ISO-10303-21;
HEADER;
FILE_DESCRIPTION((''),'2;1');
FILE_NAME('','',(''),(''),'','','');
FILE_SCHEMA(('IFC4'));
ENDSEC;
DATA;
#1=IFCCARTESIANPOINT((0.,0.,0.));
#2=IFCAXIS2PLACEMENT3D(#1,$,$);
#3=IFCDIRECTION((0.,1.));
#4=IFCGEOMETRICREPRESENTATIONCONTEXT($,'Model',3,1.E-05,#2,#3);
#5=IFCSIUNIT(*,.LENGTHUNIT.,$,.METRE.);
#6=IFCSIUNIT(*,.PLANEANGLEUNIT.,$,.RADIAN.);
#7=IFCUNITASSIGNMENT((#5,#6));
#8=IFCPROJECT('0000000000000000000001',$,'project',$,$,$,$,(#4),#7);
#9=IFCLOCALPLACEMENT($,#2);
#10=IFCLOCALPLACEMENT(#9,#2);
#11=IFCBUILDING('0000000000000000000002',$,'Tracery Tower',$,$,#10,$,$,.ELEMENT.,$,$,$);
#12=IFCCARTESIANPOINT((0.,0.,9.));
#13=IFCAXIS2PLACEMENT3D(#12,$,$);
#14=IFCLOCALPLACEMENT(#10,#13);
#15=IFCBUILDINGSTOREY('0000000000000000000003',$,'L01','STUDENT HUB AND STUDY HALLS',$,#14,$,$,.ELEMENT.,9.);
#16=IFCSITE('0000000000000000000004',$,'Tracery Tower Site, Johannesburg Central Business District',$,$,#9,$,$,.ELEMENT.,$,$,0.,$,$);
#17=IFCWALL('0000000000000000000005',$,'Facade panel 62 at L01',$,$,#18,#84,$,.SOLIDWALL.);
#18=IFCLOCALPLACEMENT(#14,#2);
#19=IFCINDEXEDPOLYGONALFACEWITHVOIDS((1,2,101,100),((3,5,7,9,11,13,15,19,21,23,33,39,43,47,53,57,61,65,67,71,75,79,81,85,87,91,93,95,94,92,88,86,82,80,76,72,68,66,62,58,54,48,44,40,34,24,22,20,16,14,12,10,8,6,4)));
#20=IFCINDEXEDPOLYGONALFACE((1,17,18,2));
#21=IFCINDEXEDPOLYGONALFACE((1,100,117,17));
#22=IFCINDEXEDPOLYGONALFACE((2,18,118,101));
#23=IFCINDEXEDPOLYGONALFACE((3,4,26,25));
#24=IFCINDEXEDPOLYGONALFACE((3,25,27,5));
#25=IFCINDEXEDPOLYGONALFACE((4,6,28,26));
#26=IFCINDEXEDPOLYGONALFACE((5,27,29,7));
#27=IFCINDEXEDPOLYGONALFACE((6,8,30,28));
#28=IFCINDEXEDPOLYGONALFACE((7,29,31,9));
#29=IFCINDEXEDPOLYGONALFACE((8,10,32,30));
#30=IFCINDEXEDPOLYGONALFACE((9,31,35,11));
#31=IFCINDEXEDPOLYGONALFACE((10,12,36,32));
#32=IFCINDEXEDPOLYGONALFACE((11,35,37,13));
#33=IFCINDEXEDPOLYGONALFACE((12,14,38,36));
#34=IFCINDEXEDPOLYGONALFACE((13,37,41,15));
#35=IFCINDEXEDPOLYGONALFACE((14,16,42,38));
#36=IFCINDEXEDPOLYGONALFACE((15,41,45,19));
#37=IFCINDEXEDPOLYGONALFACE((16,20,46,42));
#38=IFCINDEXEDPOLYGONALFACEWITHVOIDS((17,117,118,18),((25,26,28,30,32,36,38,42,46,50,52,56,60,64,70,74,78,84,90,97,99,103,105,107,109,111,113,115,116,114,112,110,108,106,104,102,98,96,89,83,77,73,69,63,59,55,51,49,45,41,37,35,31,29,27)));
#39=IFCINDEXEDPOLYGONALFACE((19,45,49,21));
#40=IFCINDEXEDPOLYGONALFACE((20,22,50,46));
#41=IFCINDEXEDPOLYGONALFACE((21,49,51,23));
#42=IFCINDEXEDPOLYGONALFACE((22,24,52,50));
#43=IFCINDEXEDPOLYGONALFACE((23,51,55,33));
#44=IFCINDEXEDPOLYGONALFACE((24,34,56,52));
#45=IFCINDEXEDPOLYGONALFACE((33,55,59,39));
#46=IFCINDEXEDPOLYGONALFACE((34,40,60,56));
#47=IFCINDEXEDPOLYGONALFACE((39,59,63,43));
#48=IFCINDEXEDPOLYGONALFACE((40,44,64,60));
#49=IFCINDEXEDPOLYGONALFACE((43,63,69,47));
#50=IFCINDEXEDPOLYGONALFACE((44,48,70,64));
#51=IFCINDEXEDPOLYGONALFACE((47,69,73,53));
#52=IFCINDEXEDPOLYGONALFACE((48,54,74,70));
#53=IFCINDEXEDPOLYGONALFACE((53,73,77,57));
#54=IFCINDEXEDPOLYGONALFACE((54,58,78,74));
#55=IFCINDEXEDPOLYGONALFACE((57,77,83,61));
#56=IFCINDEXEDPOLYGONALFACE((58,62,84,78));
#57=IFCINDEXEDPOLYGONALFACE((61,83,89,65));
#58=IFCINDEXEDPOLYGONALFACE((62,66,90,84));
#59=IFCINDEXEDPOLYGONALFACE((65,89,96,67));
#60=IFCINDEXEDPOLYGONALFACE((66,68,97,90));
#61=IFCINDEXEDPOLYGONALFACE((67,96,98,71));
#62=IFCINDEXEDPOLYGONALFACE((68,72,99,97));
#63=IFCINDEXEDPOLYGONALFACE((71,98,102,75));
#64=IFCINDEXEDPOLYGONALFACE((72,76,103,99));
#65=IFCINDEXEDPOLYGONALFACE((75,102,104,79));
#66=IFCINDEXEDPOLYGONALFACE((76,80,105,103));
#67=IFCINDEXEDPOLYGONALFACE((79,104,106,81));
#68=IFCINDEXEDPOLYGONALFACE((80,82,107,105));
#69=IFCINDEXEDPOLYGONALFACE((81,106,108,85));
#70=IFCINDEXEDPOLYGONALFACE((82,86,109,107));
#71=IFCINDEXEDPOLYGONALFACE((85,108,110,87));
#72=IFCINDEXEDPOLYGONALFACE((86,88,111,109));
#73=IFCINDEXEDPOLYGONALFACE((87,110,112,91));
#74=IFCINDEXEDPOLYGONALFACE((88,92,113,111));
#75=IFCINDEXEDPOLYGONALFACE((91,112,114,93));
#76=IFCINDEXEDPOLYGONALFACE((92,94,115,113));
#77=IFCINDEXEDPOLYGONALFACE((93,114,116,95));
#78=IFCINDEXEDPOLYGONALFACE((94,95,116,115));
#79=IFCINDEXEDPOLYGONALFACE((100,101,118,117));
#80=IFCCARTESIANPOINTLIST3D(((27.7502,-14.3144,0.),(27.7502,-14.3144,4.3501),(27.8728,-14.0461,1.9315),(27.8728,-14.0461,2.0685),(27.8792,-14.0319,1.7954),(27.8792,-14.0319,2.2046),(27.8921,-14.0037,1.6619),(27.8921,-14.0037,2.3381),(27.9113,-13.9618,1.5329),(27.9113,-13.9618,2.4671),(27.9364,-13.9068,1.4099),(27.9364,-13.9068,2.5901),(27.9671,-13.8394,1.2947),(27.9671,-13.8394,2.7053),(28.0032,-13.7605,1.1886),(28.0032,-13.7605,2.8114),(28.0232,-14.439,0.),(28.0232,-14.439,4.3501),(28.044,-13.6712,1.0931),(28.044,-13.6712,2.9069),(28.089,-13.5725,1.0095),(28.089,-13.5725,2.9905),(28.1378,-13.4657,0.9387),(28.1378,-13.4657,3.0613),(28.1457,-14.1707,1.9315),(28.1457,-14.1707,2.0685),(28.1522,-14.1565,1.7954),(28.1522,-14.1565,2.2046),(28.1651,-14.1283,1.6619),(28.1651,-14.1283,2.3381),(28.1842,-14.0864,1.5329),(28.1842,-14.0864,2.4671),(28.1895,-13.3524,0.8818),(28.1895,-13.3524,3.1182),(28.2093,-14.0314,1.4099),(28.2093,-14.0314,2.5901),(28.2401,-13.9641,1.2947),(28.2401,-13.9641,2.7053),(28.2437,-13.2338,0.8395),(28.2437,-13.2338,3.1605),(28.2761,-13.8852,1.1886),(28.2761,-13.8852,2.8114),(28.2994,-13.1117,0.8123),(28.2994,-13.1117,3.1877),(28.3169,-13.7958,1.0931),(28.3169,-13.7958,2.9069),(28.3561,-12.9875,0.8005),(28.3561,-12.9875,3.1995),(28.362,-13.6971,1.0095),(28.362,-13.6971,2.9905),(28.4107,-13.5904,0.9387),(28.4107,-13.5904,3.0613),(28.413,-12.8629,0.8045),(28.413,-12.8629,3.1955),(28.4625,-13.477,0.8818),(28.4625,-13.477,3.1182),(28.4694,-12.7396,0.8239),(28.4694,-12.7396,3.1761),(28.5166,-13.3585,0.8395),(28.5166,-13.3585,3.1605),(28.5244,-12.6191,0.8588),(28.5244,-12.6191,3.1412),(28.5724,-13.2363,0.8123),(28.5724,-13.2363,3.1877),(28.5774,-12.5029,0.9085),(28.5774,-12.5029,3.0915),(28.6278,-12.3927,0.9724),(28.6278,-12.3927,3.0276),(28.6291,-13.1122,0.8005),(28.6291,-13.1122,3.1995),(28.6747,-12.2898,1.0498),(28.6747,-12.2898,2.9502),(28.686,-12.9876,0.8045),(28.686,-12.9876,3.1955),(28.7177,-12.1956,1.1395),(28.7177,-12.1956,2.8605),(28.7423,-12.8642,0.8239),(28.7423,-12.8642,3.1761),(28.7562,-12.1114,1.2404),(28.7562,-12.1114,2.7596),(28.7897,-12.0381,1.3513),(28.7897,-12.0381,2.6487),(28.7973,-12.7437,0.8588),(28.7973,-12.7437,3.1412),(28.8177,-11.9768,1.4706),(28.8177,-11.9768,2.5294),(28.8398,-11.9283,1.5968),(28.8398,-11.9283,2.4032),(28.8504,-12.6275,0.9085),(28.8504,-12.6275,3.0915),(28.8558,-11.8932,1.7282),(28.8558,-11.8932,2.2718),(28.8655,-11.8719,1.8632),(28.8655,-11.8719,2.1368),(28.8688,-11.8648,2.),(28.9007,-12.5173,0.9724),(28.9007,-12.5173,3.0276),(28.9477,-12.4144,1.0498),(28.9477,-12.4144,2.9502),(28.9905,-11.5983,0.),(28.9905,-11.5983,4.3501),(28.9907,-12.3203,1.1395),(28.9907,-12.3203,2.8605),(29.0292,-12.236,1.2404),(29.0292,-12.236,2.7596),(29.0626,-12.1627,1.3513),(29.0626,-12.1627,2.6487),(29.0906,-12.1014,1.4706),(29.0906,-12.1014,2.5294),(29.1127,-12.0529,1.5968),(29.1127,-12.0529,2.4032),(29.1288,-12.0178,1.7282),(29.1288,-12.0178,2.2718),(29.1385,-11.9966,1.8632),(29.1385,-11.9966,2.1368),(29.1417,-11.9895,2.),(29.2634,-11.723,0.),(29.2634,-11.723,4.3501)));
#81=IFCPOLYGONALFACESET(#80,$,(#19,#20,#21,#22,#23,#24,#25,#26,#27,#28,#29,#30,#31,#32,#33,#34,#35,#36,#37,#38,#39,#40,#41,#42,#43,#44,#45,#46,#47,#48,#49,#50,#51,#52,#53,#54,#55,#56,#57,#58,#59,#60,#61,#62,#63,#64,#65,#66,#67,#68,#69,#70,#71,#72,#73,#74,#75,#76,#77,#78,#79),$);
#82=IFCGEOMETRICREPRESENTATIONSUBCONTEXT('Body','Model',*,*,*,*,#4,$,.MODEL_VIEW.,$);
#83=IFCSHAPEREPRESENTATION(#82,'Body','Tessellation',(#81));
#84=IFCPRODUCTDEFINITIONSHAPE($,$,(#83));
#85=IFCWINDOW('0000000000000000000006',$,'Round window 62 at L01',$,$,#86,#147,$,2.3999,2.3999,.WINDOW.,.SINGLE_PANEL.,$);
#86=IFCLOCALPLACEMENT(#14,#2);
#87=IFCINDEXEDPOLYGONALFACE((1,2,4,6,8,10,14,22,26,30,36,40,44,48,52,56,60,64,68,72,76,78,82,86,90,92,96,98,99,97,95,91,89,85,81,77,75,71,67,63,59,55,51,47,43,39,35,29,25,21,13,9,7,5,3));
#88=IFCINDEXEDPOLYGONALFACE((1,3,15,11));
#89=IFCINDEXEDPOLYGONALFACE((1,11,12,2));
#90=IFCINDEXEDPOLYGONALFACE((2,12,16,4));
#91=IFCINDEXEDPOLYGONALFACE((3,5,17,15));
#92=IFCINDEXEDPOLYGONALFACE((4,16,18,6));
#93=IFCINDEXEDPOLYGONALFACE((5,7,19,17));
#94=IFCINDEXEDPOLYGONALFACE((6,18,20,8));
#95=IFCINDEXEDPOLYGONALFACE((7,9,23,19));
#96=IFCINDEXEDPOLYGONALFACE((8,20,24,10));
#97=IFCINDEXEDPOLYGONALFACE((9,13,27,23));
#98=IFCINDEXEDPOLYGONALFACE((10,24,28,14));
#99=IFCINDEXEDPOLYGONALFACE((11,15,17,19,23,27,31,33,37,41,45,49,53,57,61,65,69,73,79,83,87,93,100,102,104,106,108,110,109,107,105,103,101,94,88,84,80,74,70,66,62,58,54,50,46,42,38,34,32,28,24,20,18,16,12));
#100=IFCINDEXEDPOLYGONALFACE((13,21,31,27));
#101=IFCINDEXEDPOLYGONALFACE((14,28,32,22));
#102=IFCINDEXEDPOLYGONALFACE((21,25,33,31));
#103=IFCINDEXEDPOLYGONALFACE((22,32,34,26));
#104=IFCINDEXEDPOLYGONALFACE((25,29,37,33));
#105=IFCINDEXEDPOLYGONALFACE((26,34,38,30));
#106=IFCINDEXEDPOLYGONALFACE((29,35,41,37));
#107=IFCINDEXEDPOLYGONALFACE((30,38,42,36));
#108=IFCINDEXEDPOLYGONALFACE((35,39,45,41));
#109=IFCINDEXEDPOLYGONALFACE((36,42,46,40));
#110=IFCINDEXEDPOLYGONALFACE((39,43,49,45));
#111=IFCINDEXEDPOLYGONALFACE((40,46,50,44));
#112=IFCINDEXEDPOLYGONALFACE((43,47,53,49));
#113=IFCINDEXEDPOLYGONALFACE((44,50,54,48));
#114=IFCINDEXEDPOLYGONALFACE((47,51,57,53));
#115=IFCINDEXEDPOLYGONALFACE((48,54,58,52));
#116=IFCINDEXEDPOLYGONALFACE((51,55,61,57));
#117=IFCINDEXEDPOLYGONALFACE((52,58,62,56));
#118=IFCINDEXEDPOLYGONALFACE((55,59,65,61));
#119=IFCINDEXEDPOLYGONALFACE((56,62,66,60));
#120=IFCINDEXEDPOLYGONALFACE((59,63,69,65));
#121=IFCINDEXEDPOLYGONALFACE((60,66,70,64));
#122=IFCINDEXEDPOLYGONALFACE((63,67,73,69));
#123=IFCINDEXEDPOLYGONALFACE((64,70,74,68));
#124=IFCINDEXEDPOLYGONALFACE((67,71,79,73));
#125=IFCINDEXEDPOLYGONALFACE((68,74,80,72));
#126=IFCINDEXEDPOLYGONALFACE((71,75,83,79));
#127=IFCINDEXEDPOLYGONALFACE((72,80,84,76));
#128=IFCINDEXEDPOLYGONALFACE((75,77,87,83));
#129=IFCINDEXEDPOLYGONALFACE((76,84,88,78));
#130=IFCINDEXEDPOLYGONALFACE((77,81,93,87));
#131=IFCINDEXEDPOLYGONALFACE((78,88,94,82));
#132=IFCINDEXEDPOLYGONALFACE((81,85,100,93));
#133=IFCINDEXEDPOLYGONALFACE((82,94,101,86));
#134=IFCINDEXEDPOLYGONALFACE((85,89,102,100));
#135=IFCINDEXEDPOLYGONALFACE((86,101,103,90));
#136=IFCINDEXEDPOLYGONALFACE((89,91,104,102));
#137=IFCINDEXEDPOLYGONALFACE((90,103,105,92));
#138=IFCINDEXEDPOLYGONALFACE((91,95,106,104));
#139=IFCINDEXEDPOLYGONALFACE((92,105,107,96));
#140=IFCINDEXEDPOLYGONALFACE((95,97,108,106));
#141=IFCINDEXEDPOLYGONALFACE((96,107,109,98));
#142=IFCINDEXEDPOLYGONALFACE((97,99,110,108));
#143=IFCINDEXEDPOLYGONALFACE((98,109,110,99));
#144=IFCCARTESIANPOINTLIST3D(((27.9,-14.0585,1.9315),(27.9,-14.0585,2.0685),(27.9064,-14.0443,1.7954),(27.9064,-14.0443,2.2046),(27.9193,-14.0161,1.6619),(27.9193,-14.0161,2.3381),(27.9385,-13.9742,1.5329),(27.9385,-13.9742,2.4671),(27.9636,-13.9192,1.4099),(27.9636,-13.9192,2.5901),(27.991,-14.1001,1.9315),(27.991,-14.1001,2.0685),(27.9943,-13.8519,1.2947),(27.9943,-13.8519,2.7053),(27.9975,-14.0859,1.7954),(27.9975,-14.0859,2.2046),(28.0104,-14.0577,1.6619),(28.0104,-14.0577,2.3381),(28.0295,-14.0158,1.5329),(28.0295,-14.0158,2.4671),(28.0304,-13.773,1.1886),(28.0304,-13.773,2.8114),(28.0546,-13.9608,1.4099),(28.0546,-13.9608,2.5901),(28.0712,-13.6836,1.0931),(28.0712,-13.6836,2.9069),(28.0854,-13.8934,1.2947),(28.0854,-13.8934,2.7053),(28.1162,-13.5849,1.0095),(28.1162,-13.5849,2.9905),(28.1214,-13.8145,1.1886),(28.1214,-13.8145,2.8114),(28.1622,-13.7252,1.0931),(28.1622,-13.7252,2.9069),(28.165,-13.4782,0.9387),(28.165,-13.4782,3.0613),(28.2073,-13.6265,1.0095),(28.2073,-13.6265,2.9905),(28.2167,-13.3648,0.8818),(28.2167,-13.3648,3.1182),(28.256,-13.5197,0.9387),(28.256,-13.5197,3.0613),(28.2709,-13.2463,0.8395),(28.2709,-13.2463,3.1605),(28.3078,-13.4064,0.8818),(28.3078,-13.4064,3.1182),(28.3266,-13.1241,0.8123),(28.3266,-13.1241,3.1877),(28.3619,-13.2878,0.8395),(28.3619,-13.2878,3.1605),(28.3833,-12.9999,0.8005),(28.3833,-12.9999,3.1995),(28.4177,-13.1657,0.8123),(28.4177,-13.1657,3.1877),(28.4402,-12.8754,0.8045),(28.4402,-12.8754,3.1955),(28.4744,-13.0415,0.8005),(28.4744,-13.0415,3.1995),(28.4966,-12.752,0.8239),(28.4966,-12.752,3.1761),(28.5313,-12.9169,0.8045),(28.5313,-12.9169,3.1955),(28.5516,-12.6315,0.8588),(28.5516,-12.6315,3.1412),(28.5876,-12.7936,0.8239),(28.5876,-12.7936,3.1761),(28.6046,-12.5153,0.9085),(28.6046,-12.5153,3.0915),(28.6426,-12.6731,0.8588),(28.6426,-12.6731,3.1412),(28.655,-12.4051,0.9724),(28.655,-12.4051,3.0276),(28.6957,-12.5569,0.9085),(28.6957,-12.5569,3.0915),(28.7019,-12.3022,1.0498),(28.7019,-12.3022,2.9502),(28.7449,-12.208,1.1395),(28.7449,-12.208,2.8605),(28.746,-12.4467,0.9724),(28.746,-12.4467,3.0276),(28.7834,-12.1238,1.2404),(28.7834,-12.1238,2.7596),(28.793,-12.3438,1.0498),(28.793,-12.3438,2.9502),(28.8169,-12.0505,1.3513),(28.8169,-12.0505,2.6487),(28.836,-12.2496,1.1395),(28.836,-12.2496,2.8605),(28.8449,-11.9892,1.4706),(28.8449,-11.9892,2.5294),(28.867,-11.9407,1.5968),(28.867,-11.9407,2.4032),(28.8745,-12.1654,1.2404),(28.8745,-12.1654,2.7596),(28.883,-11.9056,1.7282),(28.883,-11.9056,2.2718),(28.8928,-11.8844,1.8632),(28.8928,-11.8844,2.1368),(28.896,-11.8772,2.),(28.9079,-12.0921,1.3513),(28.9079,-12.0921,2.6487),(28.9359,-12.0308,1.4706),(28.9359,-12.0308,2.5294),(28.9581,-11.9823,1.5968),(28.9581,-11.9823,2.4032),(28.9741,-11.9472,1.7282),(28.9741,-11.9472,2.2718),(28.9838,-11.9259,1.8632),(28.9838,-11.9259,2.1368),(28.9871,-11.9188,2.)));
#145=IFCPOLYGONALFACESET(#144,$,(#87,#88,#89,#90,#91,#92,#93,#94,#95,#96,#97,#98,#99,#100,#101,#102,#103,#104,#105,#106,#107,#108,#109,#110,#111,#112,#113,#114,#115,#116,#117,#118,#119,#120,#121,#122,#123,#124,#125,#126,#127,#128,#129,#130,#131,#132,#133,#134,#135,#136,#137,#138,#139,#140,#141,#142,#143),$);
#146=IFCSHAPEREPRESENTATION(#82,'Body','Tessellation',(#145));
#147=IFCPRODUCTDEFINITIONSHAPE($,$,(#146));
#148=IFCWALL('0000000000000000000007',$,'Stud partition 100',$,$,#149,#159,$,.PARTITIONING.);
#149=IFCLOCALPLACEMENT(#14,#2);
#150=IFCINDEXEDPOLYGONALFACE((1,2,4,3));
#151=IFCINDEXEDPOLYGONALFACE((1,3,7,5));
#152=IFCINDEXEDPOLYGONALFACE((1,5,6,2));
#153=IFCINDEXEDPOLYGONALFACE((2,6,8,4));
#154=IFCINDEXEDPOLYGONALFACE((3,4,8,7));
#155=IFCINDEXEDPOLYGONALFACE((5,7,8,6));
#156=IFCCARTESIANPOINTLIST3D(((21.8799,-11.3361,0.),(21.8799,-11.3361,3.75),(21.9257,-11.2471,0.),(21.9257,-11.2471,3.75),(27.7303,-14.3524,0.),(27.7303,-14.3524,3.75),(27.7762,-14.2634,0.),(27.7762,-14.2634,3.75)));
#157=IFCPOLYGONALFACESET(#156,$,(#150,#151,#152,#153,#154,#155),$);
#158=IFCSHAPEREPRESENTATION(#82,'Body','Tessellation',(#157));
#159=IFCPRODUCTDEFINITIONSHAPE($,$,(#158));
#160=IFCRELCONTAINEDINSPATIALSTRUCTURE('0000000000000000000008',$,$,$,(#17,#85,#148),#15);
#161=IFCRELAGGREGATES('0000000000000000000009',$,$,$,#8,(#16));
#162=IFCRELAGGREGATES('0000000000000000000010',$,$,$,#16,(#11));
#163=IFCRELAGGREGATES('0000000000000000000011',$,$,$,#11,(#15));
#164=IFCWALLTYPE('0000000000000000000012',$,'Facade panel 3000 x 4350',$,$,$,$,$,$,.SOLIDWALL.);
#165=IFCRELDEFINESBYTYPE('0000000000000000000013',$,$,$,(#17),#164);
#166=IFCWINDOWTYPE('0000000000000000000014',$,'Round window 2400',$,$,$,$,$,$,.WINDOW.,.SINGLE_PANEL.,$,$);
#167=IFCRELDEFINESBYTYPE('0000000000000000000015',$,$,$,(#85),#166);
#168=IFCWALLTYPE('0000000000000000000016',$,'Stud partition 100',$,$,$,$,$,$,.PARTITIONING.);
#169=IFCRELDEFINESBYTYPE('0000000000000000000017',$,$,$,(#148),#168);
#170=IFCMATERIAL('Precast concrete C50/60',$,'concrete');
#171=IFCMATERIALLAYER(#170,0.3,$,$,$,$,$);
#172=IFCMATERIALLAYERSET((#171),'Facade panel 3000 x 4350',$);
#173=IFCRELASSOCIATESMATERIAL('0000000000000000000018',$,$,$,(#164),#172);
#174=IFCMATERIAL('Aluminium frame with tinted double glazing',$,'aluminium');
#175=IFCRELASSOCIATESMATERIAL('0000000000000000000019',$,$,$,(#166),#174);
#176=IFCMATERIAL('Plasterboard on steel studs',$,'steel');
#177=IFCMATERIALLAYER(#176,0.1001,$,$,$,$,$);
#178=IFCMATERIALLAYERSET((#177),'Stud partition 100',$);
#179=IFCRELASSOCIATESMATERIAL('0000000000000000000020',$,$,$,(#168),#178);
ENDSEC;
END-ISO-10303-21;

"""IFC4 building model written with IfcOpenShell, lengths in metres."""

from ifc_helpers import new_model, si_unit, direction, frame, frame_2d, origin, origin_2d, place, context, subcontext, project, spatial, rectangle, circle, extrude, material, layer, layer_set, type_object, element, fill, save


model = new_model("IFC4")

# Units and contexts
model_context = context("Model", 3, precision=1e-05, world=origin(), true_north=direction((0.0, 1.0)))
body_context = subcontext(model_context, "Body", "Model", "MODEL_VIEW")
ifc_project = project(units=[si_unit("LENGTHUNIT", "METRE"), si_unit("PLANEANGLEUNIT", "RADIAN")], contexts=[model_context])

# Site, building, storey
site_placement = place(None, origin())
site = spatial("IfcSite", under=ifc_project, at=site_placement, Name="Tracery Tower Site, Johannesburg Central Business District", CompositionType="ELEMENT", RefElevation=0.0)
building_placement = place(site_placement, origin())
building = spatial("IfcBuilding", under=site, at=building_placement, Name="Tracery Tower", CompositionType="ELEMENT")
storey_placement = place(building_placement, frame((0.0, 0.0, 9.0)))
storey = spatial("IfcBuildingStorey", under=building, at=storey_placement, Name="L01", Description="STUDENT HUB AND STUDY HALLS", CompositionType="ELEMENT", Elevation=9.0)

# Wall, opening, window
ifc_material_1 = material(Name="Precast concrete C50/60", Category="concrete")
ifc_layer_1 = layer(ifc_material_1, 0.3)
ifc_layer_set_1 = layer_set([ifc_layer_1], Name="Facade panel 3000 x 4350")
wall_type_1 = type_object("IfcWallType", Name="Facade panel 3000 x 4350", PredefinedType="SOLIDWALL", material=ifc_layer_set_1)
ifc_material_2 = material(Name="Aluminium frame with tinted double glazing", Category="aluminium")
window_type = type_object("IfcWindowType", Name="Round window 2400", PartitioningType="SINGLE_PANEL", PredefinedType="WINDOW", material=ifc_material_2)
wall_1_placement = place(storey_placement, frame((27.8867, -14.3767, 0.0), z_axis=(0.0, 0.0, 1.0), x_axis=(0.415373, 0.909651, 0.0)))
wall_1 = element("IfcWall", 1, at=wall_1_placement, inside=storey, type_object=wall_type_1, Name="Facade panel 62 at L01", PredefinedType="SOLIDWALL", context=body_context, shape_type="SweptSolid", body=[
    extrude(rectangle(XDim=2.9858, YDim=0.3, at=frame_2d((1.4929, 0.0))), origin(), (0.0, 0.0, 1.0), 4.3501),
])
opening_1_placement = place(wall_1_placement, frame((1.4929, 0.0, 2.0)))
opening_1 = element("IfcOpeningElement", 2, at=opening_1_placement, cuts=wall_1, PredefinedType="OPENING", context=body_context, shape_type="SweptSolid", body=[
    extrude(circle(Radius=1.2, at=origin_2d()), frame((0.0, 0.1599, 0.0), z_axis=(0.0, -1.0, 0.0), x_axis=(1.0, 0.0, 0.0)), (0.0, 0.0, 1.0), 0.3201),
])
window_1_placement = place(opening_1_placement, origin())
window_1 = element("IfcWindow", 3, at=window_1_placement, inside=storey, type_object=window_type, Name="Round window 62 at L01", OverallHeight=2.3999, OverallWidth=2.3999, PartitioningType="SINGLE_PANEL", PredefinedType="WINDOW", context=body_context, shape_type="SweptSolid", body=[
    extrude(circle(Radius=1.2, at=origin_2d()), frame((0.0, 0.1201, 0.0), z_axis=(0.0, -1.0, 0.0), x_axis=(1.0, 0.0, 0.0)), (0.0, 0.0, 1.0), 0.1001),
])
fill(opening_1, window_1)

# Wall
ifc_material_3 = material(Name="Plasterboard on steel studs", Category="steel")
ifc_layer_2 = layer(ifc_material_3, 0.1001)
ifc_layer_set_2 = layer_set([ifc_layer_2], Name="Stud partition 100")
wall_type_2 = type_object("IfcWallType", Name="Stud partition 100", PredefinedType="PARTITIONING", material=ifc_layer_set_2)
wall_2_placement = place(storey_placement, frame((27.7532, -14.3079, 0.0), z_axis=(0.0, 0.0, 1.0), x_axis=(-0.888825, 0.458247, 0.0)))
element("IfcWall", 4, at=wall_2_placement, inside=storey, type_object=wall_type_2, Name="Stud partition 100", PredefinedType="PARTITIONING", context=body_context, shape_type="SweptSolid", body=[
    extrude(rectangle(XDim=6.5823, YDim=0.1001, at=frame_2d((3.291, 0.0))), origin(), (0.0, 0.0, 1.0), 3.75),
])

save(model, "model.ifc")
